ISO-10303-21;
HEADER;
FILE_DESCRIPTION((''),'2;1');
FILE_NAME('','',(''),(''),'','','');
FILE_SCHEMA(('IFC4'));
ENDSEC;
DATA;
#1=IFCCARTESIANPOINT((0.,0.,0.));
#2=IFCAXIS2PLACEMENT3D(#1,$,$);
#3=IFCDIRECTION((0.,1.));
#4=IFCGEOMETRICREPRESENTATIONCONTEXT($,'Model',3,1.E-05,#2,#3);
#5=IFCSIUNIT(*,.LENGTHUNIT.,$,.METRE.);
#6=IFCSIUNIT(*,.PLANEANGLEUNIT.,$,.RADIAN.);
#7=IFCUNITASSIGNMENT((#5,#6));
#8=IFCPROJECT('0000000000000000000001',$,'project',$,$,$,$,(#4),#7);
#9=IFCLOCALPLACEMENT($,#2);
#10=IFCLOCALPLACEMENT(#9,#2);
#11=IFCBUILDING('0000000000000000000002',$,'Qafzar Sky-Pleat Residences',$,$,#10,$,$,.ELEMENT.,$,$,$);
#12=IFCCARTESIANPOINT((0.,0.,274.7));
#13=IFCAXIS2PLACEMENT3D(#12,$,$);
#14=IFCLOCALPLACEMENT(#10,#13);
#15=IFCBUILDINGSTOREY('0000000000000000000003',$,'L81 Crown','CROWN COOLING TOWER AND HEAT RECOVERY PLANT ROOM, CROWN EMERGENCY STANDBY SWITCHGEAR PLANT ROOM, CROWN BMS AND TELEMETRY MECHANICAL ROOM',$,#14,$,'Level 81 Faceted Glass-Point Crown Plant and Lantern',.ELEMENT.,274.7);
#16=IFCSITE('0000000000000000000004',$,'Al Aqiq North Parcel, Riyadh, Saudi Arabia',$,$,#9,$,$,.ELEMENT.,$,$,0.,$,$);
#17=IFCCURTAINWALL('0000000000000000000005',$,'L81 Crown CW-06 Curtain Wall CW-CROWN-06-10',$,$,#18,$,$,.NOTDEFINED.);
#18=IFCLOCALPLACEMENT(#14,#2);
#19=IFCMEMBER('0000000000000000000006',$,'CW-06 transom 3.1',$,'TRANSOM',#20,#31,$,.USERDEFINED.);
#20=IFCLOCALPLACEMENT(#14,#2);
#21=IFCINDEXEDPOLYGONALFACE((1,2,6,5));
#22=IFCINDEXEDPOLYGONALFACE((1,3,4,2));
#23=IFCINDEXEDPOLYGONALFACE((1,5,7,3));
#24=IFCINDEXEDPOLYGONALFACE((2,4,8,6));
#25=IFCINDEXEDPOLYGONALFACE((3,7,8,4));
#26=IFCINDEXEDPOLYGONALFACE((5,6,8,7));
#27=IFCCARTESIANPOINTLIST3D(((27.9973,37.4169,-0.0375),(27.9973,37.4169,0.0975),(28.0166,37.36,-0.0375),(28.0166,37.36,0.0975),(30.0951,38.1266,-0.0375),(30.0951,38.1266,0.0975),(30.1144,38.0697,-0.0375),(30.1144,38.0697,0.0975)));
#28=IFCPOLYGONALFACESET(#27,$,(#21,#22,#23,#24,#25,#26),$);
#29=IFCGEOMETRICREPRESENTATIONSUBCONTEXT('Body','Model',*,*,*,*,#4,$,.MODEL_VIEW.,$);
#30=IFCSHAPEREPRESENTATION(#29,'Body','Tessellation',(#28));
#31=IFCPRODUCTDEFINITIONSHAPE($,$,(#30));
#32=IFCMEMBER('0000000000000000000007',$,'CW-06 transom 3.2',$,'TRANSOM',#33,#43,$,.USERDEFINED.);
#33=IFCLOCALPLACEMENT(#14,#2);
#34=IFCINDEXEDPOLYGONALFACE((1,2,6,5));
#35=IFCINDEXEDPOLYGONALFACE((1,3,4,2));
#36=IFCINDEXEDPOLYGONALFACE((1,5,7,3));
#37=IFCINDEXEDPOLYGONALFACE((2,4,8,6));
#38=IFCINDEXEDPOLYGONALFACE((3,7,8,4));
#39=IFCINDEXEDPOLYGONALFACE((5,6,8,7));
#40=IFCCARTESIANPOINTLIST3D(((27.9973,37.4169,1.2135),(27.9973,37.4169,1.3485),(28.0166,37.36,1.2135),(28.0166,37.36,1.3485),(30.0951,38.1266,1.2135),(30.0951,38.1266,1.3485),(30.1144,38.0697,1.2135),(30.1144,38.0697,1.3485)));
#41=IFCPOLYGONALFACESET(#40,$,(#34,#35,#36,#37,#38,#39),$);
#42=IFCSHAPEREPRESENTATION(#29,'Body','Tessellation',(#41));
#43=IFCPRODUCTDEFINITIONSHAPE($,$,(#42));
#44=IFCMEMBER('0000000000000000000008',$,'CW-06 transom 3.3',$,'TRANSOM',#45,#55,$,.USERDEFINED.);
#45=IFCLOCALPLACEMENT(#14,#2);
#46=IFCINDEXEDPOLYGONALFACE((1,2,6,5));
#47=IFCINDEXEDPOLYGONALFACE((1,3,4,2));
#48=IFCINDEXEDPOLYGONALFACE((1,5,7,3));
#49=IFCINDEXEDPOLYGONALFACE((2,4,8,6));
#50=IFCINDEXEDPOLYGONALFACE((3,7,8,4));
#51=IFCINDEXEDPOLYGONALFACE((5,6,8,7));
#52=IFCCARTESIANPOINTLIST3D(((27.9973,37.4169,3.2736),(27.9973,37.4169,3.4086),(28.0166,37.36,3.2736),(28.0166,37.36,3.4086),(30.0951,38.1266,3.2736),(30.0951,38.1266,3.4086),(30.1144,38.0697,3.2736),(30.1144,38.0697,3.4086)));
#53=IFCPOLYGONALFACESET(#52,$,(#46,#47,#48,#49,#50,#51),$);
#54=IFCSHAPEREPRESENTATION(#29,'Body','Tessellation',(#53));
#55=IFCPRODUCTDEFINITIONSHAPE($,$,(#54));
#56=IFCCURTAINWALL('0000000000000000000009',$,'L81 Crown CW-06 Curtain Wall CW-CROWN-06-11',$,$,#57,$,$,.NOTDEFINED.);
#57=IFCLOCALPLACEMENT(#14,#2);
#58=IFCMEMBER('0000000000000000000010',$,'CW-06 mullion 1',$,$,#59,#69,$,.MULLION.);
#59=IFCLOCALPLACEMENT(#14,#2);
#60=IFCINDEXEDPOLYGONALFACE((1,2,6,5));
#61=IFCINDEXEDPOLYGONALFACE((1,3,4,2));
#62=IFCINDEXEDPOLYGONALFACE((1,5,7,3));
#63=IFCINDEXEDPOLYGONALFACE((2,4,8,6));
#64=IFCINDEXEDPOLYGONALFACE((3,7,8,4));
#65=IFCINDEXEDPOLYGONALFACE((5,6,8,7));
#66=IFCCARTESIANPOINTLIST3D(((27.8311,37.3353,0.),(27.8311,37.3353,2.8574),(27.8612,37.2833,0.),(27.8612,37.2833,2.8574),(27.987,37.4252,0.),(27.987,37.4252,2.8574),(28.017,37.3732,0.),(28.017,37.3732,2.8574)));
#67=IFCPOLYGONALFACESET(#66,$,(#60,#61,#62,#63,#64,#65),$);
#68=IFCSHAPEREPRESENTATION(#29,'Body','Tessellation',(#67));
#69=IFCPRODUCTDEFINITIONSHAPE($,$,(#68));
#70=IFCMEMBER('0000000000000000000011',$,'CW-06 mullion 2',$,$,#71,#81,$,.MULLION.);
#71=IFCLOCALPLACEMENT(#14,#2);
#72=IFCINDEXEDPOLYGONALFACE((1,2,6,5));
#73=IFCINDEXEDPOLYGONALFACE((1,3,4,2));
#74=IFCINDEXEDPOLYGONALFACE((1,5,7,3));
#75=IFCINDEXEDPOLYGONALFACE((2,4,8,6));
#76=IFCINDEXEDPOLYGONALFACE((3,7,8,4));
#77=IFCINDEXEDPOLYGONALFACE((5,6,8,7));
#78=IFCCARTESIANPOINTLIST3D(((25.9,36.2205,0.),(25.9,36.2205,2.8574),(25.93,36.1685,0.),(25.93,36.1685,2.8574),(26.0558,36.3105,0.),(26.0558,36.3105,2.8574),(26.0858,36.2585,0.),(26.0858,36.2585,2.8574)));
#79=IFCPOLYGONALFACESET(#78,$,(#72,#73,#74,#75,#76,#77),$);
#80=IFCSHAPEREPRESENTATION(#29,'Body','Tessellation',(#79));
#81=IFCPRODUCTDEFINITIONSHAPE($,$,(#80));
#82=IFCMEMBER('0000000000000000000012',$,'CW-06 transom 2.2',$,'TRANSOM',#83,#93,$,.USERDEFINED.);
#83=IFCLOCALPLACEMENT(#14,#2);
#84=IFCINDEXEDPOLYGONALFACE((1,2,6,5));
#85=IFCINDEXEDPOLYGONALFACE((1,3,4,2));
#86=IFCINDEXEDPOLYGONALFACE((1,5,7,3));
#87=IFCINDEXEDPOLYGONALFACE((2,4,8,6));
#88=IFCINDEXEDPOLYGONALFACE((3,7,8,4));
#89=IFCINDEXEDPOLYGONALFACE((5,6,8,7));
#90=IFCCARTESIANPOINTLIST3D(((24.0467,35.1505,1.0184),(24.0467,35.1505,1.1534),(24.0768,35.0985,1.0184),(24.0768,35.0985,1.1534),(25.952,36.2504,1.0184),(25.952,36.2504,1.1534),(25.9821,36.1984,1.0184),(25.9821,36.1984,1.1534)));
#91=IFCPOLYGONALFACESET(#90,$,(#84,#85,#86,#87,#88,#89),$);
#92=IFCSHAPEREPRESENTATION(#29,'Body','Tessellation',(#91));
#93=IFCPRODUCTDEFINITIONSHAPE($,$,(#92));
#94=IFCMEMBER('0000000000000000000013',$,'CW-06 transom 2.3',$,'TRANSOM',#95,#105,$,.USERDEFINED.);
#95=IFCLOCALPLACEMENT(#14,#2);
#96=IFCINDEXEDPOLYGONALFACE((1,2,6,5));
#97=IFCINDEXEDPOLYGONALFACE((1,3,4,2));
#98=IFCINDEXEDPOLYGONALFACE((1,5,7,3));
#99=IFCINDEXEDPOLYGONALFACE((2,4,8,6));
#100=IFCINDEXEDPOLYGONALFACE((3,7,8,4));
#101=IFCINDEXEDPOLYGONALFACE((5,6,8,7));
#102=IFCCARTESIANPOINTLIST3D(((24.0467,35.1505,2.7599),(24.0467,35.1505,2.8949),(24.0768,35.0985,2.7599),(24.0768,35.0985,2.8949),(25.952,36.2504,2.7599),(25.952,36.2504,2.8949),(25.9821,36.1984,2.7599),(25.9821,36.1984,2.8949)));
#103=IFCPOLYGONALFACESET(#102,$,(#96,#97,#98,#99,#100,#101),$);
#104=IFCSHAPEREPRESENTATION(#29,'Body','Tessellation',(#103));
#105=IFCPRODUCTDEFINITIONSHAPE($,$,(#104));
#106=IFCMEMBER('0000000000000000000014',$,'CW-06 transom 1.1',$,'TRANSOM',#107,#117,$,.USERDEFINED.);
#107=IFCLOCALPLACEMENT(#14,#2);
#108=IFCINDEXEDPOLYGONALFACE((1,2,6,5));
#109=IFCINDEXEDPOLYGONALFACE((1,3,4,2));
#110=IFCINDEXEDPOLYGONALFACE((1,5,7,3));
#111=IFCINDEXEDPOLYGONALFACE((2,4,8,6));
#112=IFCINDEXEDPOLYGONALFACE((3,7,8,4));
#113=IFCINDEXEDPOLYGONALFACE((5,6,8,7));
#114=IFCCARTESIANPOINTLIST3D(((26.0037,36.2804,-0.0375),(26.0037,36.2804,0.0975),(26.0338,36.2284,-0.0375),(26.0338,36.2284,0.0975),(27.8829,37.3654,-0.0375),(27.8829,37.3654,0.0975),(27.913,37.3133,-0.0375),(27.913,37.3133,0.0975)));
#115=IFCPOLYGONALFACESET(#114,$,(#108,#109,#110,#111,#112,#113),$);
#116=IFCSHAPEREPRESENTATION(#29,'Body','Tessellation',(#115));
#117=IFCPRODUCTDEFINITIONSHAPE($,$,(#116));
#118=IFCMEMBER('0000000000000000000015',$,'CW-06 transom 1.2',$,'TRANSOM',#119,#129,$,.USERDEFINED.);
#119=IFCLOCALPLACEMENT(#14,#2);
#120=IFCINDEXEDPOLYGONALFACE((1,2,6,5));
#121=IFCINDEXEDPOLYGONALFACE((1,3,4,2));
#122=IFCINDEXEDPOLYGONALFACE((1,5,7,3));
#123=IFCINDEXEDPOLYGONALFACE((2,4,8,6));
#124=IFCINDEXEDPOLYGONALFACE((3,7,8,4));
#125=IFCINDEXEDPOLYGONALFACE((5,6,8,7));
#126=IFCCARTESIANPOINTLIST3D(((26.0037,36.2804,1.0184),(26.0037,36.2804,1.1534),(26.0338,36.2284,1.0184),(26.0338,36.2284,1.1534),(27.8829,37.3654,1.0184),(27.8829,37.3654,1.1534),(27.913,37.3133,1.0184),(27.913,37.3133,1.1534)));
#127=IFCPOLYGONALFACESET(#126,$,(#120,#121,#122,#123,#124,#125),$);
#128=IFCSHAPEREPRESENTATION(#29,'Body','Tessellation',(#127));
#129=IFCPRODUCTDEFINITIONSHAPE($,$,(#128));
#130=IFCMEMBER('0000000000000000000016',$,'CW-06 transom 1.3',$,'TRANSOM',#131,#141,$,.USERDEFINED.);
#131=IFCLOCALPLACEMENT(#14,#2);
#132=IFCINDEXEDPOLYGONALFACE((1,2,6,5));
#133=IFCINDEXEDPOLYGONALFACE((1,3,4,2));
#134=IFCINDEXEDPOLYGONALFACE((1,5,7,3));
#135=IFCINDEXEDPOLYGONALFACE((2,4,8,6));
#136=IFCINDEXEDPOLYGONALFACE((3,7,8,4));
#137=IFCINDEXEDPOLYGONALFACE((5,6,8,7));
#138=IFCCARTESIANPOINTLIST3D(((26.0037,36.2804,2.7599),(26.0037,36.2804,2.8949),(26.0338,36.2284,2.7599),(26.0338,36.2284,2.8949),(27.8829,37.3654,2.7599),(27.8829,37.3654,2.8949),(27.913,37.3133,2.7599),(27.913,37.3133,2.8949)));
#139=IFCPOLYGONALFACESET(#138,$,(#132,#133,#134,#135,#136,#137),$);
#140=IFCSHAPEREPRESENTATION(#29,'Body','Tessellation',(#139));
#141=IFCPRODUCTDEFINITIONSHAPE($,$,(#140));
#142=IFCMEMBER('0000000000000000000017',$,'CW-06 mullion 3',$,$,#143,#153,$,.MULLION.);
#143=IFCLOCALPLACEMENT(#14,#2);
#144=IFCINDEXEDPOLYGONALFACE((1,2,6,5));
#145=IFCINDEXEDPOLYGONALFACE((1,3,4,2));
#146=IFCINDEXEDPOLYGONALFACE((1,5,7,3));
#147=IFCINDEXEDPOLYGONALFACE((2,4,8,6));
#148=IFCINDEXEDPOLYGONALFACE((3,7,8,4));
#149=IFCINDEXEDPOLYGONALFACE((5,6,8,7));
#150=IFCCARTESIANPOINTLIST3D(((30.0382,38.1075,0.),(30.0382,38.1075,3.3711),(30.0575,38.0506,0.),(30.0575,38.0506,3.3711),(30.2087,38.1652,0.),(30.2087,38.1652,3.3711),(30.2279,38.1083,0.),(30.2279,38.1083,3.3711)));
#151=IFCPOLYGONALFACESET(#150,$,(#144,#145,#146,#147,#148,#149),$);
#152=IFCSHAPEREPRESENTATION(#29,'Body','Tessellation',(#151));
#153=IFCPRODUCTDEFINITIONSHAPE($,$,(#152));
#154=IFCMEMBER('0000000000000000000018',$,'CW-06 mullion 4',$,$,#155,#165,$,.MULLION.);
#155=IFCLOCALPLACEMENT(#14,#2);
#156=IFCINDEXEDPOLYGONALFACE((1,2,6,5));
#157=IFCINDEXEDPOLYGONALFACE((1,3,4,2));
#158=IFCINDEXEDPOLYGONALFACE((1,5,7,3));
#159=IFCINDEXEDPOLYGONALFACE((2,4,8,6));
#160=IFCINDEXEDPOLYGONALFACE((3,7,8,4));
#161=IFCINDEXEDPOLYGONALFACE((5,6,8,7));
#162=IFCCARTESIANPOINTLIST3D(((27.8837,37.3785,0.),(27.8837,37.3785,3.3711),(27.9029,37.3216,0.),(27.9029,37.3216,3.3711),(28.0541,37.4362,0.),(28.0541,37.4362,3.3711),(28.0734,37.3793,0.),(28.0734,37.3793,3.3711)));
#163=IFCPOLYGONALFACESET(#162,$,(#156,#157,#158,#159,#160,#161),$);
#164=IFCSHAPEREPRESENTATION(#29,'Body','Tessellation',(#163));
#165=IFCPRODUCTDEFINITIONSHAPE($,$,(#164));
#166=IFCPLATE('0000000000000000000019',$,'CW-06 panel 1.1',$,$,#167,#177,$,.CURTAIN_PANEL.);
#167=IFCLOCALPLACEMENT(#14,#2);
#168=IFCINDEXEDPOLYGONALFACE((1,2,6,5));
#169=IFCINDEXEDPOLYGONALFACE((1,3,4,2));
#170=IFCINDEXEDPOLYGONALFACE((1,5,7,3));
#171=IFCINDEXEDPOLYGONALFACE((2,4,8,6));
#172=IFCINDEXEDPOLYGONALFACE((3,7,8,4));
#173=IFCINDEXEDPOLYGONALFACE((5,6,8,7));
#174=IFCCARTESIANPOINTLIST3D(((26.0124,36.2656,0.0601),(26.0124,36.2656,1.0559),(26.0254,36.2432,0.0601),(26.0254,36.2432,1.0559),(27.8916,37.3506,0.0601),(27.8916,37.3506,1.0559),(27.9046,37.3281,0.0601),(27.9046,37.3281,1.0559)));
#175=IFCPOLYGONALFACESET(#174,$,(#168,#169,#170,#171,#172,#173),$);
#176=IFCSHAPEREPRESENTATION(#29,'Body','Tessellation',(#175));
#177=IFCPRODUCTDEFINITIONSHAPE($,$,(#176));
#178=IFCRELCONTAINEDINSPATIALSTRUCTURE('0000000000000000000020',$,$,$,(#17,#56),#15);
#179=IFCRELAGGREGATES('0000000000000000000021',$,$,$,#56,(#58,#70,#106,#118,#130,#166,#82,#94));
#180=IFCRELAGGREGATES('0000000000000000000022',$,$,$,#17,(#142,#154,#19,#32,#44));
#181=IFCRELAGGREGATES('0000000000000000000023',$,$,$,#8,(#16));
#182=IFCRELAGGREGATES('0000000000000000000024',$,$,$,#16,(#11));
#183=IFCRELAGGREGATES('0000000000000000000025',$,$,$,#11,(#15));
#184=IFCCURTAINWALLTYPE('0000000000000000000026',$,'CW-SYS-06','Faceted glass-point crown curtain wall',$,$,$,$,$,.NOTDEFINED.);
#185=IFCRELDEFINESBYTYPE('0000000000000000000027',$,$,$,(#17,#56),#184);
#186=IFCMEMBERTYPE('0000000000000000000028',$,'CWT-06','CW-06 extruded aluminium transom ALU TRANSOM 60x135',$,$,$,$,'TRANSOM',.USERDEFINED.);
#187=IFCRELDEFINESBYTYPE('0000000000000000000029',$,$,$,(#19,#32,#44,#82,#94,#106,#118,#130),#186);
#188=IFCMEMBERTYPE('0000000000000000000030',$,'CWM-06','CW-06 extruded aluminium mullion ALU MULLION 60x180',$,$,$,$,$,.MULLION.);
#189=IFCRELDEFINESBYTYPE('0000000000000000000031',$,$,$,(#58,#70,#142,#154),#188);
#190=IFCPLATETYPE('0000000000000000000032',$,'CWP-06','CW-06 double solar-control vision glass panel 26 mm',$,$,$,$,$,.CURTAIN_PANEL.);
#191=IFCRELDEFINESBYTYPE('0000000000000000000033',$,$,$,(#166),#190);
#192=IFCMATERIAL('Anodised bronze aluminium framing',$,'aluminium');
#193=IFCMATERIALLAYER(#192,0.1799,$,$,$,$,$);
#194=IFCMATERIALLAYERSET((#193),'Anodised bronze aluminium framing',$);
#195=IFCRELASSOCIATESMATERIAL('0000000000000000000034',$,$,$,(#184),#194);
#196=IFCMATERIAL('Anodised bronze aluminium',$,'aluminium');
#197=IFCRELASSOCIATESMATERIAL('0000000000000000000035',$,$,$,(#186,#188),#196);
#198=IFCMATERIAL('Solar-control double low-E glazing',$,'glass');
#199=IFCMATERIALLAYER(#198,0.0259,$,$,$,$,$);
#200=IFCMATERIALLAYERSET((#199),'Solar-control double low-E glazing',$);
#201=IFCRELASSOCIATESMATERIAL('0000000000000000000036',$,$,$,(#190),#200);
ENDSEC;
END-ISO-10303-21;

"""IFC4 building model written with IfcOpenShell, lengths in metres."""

from ifc_helpers import new_model, si_unit, direction, frame, origin, origin_2d, place, context, subcontext, project, spatial, rectangle, extrude, source, transform, mapped, material, layer, layer_set, material_profile, profile_set, type_object, element, aggregate, save


model = new_model("IFC4")

# Units and contexts
model_context = context("Model", 3, precision=1e-05, world=origin(), true_north=direction((0.0, 1.0)))
body_context = subcontext(model_context, "Body", "Model", "MODEL_VIEW")
ifc_project = project(units=[si_unit("LENGTHUNIT", "METRE"), si_unit("PLANEANGLEUNIT", "RADIAN")], contexts=[model_context])

# Site, building, storey
site_placement = place(None, origin())
site = spatial("IfcSite", under=ifc_project, at=site_placement, Name="Al Aqiq North Parcel, Riyadh, Saudi Arabia", CompositionType="ELEMENT", RefElevation=0.0)
building_placement = place(site_placement, origin())
building = spatial("IfcBuilding", under=site, at=building_placement, Name="Qafzar Sky-Pleat Residences", CompositionType="ELEMENT")
storey_placement = place(building_placement, frame((0.0, 0.0, 274.7)))
storey = spatial("IfcBuildingStorey", under=building, at=storey_placement, Name="L81 Crown", Description="CROWN COOLING TOWER AND HEAT RECOVERY PLANT ROOM, CROWN EMERGENCY STANDBY SWITCHGEAR PLANT ROOM, CROWN BMS AND TELEMETRY MECHANICAL ROOM", LongName="Level 81 Faceted Glass-Point Crown Plant and Lantern", CompositionType="ELEMENT", Elevation=274.7)

# Curtain walls, members
ifc_material_1 = material(Name="Anodised bronze aluminium framing", Category="aluminium")
ifc_layer_1 = layer(ifc_material_1, 0.1799)
ifc_layer_set_1 = layer_set([ifc_layer_1], Name="Anodised bronze aluminium framing")
curtain_wall_type = type_object("IfcCurtainWallType", Name="CW-SYS-06", Description="Faceted glass-point crown curtain wall", PredefinedType="NOTDEFINED", material=ifc_layer_set_1)
curtain_wall_1_placement = place(storey_placement, origin())
curtain_wall_1 = element("IfcCurtainWall", 1, at=curtain_wall_1_placement, inside=storey, type_object=curtain_wall_type, Name="L81 Crown CW-06 Curtain Wall CW-CROWN-06-10", PredefinedType="NOTDEFINED")
ifc_material_2 = material(Name="Anodised bronze aluminium", Category="aluminium")
ifc_material_profile_1 = material_profile(ifc_material_2, rectangle(XDim=0.0601, YDim=0.135, at=origin_2d()), Name="ALU TRANSOM 60x135")
ifc_profile_set_1 = profile_set([ifc_material_profile_1], Name="Anodised bronze aluminium")
member_type_1 = type_object("IfcMemberType", Name="CWT-06", Description="CW-06 extruded aluminium transom ALU TRANSOM 60x135", ElementType="TRANSOM", PredefinedType="USERDEFINED", material=ifc_profile_set_1)
shared_shape_1 = source(origin(), body_context, "Body", "SweptSolid", [
    extrude(rectangle(XDim=0.0601, YDim=0.135, at=origin_2d()), origin(), (0.0, 0.0, 1.0), 2.2146),
])
member_1_placement = place(storey_placement, frame((30.1047, 38.0981, 0.03), z_axis=(-0.947263, -0.320458, 0.0), x_axis=(0.320458, -0.947263, 0.0)))
member_1 = element("IfcMember", 2, at=member_1_placement, type_object=member_type_1, Name="CW-06 transom 3.1", ObjectType="TRANSOM", PredefinedType="USERDEFINED", context=body_context, shape_type="MappedRepresentation", body=[
    mapped(shared_shape_1, transform((0.0, 0.0, 0.0), x_axis=(1.0, 0.0, 0.0), y_axis=(0.0, 1.0, 0.0), z_axis=(0.0, 0.0, 1.0), scale=1.0)),
])
member_2_placement = place(storey_placement, frame((30.1047, 38.0981, 1.281), z_axis=(-0.947263, -0.320458, 0.0), x_axis=(0.320458, -0.947263, 0.0)))
member_2 = element("IfcMember", 3, at=member_2_placement, type_object=member_type_1, Name="CW-06 transom 3.2", ObjectType="TRANSOM", PredefinedType="USERDEFINED", context=body_context, shape_type="MappedRepresentation", body=[
    mapped(shared_shape_1, transform((0.0, 0.0, 0.0), x_axis=(1.0, 0.0, 0.0), y_axis=(0.0, 1.0, 0.0), z_axis=(0.0, 0.0, 1.0), scale=1.0)),
])
member_3_placement = place(storey_placement, frame((30.1047, 38.0981, 3.3411), z_axis=(-0.947263, -0.320458, 0.0), x_axis=(0.320458, -0.947263, 0.0)))
member_3 = element("IfcMember", 4, at=member_3_placement, type_object=member_type_1, Name="CW-06 transom 3.3", ObjectType="TRANSOM", PredefinedType="USERDEFINED", context=body_context, shape_type="MappedRepresentation", body=[
    mapped(shared_shape_1, transform((0.0, 0.0, 0.0), x_axis=(1.0, 0.0, 0.0), y_axis=(0.0, 1.0, 0.0), z_axis=(0.0, 0.0, 1.0), scale=1.0)),
])
curtain_wall_2_placement = place(storey_placement, origin())
curtain_wall_2 = element("IfcCurtainWall", 5, at=curtain_wall_2_placement, inside=storey, type_object=curtain_wall_type, Name="L81 Crown CW-06 Curtain Wall CW-CROWN-06-11", PredefinedType="NOTDEFINED")
ifc_material_profile_2 = material_profile(ifc_material_2, rectangle(XDim=0.0601, YDim=0.1799, at=origin_2d()), Name="ALU MULLION 60x180")
ifc_profile_set_2 = profile_set([ifc_material_profile_2], Name="Anodised bronze aluminium")
member_type_2 = type_object("IfcMemberType", Name="CWM-06", Description="CW-06 extruded aluminium mullion ALU MULLION 60x180", PredefinedType="MULLION", material=ifc_profile_set_2)
shared_shape_2 = source(origin(), body_context, "Body", "SweptSolid", [
    extrude(rectangle(XDim=0.0601, YDim=0.1799, at=origin_2d()), origin(), (0.0, 0.0, 1.0), 2.8574),
])
member_4_placement = place(storey_placement, frame((27.9241, 37.3542, 0.0), z_axis=(0.0, 0.0, 1.0), x_axis=(0.499996, -0.866028, 0.0)))
member_4 = element("IfcMember", 6, at=member_4_placement, type_object=member_type_2, Name="CW-06 mullion 1", PredefinedType="MULLION", context=body_context, shape_type="MappedRepresentation", body=[
    mapped(shared_shape_2, transform((0.0, 0.0, 0.0), x_axis=(1.0, 0.0, 0.0), y_axis=(0.0, 1.0, 0.0), z_axis=(0.0, 0.0, 1.0), scale=1.0)),
])
member_5_placement = place(storey_placement, frame((25.9929, 36.2395, 0.0), z_axis=(0.0, 0.0, 1.0), x_axis=(0.499996, -0.866028, 0.0)))
member_5 = element("IfcMember", 7, at=member_5_placement, type_object=member_type_2, Name="CW-06 mullion 2", PredefinedType="MULLION", context=body_context, shape_type="MappedRepresentation", body=[
    mapped(shared_shape_2, transform((0.0, 0.0, 0.0), x_axis=(1.0, 0.0, 0.0), y_axis=(0.0, 1.0, 0.0), z_axis=(0.0, 0.0, 1.0), scale=1.0)),
])
shared_shape_3 = source(origin(), body_context, "Body", "SweptSolid", [
    extrude(rectangle(XDim=0.0601, YDim=0.135, at=origin_2d()), origin(), (0.0, 0.0, 1.0), 2.2),
])
member_6_placement = place(storey_placement, frame((25.967, 36.2244, 1.0859), z_axis=(-0.866056, -0.499947, 0.0), x_axis=(0.499947, -0.866056, 0.0)))
member_6 = element("IfcMember", 8, at=member_6_placement, type_object=member_type_1, Name="CW-06 transom 2.2", ObjectType="TRANSOM", PredefinedType="USERDEFINED", context=body_context, shape_type="MappedRepresentation", body=[
    mapped(shared_shape_3, transform((0.0, 0.0, 0.0), x_axis=(1.0, 0.0, 0.0), y_axis=(0.0, 1.0, 0.0), z_axis=(0.0, 0.0, 1.0), scale=1.0)),
])
member_7_placement = place(storey_placement, frame((25.967, 36.2244, 2.8274), z_axis=(-0.866056, -0.499947, 0.0), x_axis=(0.499947, -0.866056, 0.0)))
member_7 = element("IfcMember", 9, at=member_7_placement, type_object=member_type_1, Name="CW-06 transom 2.3", ObjectType="TRANSOM", PredefinedType="USERDEFINED", context=body_context, shape_type="MappedRepresentation", body=[
    mapped(shared_shape_3, transform((0.0, 0.0, 0.0), x_axis=(1.0, 0.0, 0.0), y_axis=(0.0, 1.0, 0.0), z_axis=(0.0, 0.0, 1.0), scale=1.0)),
])
shared_shape_4 = source(origin(), body_context, "Body", "SweptSolid", [
    extrude(rectangle(XDim=0.0601, YDim=0.135, at=origin_2d()), origin(), (0.0, 0.0, 1.0), 2.1699),
])
member_8_placement = place(storey_placement, frame((27.8979, 37.3394, 0.03), z_axis=(-0.866019, -0.500011, 0.0), x_axis=(0.500011, -0.866019, 0.0)))
member_8 = element("IfcMember", 10, at=member_8_placement, type_object=member_type_1, Name="CW-06 transom 1.1", ObjectType="TRANSOM", PredefinedType="USERDEFINED", context=body_context, shape_type="MappedRepresentation", body=[
    mapped(shared_shape_4, transform((0.0, 0.0, 0.0), x_axis=(1.0, 0.0, 0.0), y_axis=(0.0, 1.0, 0.0), z_axis=(0.0, 0.0, 1.0), scale=1.0)),
])
member_9_placement = place(storey_placement, frame((27.8979, 37.3394, 1.0859), z_axis=(-0.866019, -0.500011, 0.0), x_axis=(0.500011, -0.866019, 0.0)))
member_9 = element("IfcMember", 11, at=member_9_placement, type_object=member_type_1, Name="CW-06 transom 1.2", ObjectType="TRANSOM", PredefinedType="USERDEFINED", context=body_context, shape_type="MappedRepresentation", body=[
    mapped(shared_shape_4, transform((0.0, 0.0, 0.0), x_axis=(1.0, 0.0, 0.0), y_axis=(0.0, 1.0, 0.0), z_axis=(0.0, 0.0, 1.0), scale=1.0)),
])
member_10_placement = place(storey_placement, frame((27.8979, 37.3394, 2.8274), z_axis=(-0.866019, -0.500011, 0.0), x_axis=(0.500011, -0.866019, 0.0)))
member_10 = element("IfcMember", 12, at=member_10_placement, type_object=member_type_1, Name="CW-06 transom 1.3", ObjectType="TRANSOM", PredefinedType="USERDEFINED", context=body_context, shape_type="MappedRepresentation", body=[
    mapped(shared_shape_4, transform((0.0, 0.0, 0.0), x_axis=(1.0, 0.0, 0.0), y_axis=(0.0, 1.0, 0.0), z_axis=(0.0, 0.0, 1.0), scale=1.0)),
])

# Members
shared_shape_5 = source(origin(), body_context, "Body", "SweptSolid", [
    extrude(rectangle(XDim=0.0601, YDim=0.1799, at=origin_2d()), origin(), (0.0, 0.0, 1.0), 3.3711),
])
member_11_placement = place(storey_placement, frame((30.1331, 38.1079, 0.0), z_axis=(0.0, 0.0, 1.0), x_axis=(0.32046, -0.947262, 0.0)))
member_11 = element("IfcMember", 13, at=member_11_placement, type_object=member_type_2, Name="CW-06 mullion 3", PredefinedType="MULLION", context=body_context, shape_type="MappedRepresentation", body=[
    mapped(shared_shape_5, transform((0.0, 0.0, 0.0), x_axis=(1.0, 0.0, 0.0), y_axis=(0.0, 1.0, 0.0), z_axis=(0.0, 0.0, 1.0), scale=1.0)),
])
member_12_placement = place(storey_placement, frame((27.9785, 37.3789, 0.0), z_axis=(0.0, 0.0, 1.0), x_axis=(0.32046, -0.947262, 0.0)))
member_12 = element("IfcMember", 14, at=member_12_placement, type_object=member_type_2, Name="CW-06 mullion 4", PredefinedType="MULLION", context=body_context, shape_type="MappedRepresentation", body=[
    mapped(shared_shape_5, transform((0.0, 0.0, 0.0), x_axis=(1.0, 0.0, 0.0), y_axis=(0.0, 1.0, 0.0), z_axis=(0.0, 0.0, 1.0), scale=1.0)),
])

# Plate
ifc_material_3 = material(Name="Solar-control double low-E glazing", Category="glass")
ifc_layer_2 = layer(ifc_material_3, 0.0259)
ifc_layer_set_2 = layer_set([ifc_layer_2], Name="Solar-control double low-E glazing")
plate_type = type_object("IfcPlateType", Name="CWP-06", Description="CW-06 double solar-control vision glass panel 26 mm", PredefinedType="CURTAIN_PANEL", material=ifc_layer_set_2)
shared_shape_6 = source(origin(), body_context, "Body", "SweptSolid", [
    extrude(rectangle(XDim=2.1699, YDim=0.0259, at=origin_2d()), origin(), (0.0, 0.0, 1.0), 0.9958),
])
plate_1_placement = place(storey_placement, frame((26.9585, 36.7969, 0.0601), z_axis=(0.0, 0.0, 1.0), x_axis=(-0.866028, -0.499996, 0.0)))
plate_1 = element("IfcPlate", 15, at=plate_1_placement, type_object=plate_type, Name="CW-06 panel 1.1", PredefinedType="CURTAIN_PANEL", context=body_context, shape_type="MappedRepresentation", body=[
    mapped(shared_shape_6, transform((0.0, 0.0, 0.0), x_axis=(1.0, 0.0, 0.0), y_axis=(0.0, 1.0, 0.0), z_axis=(0.0, 0.0, 1.0), scale=1.0)),
])
aggregate(curtain_wall_2, [member_4, member_5, member_8, member_9, member_10, plate_1, member_6, member_7])
aggregate(curtain_wall_1, [member_11, member_12, member_1, member_2, member_3])

save(model, "model.ifc")
